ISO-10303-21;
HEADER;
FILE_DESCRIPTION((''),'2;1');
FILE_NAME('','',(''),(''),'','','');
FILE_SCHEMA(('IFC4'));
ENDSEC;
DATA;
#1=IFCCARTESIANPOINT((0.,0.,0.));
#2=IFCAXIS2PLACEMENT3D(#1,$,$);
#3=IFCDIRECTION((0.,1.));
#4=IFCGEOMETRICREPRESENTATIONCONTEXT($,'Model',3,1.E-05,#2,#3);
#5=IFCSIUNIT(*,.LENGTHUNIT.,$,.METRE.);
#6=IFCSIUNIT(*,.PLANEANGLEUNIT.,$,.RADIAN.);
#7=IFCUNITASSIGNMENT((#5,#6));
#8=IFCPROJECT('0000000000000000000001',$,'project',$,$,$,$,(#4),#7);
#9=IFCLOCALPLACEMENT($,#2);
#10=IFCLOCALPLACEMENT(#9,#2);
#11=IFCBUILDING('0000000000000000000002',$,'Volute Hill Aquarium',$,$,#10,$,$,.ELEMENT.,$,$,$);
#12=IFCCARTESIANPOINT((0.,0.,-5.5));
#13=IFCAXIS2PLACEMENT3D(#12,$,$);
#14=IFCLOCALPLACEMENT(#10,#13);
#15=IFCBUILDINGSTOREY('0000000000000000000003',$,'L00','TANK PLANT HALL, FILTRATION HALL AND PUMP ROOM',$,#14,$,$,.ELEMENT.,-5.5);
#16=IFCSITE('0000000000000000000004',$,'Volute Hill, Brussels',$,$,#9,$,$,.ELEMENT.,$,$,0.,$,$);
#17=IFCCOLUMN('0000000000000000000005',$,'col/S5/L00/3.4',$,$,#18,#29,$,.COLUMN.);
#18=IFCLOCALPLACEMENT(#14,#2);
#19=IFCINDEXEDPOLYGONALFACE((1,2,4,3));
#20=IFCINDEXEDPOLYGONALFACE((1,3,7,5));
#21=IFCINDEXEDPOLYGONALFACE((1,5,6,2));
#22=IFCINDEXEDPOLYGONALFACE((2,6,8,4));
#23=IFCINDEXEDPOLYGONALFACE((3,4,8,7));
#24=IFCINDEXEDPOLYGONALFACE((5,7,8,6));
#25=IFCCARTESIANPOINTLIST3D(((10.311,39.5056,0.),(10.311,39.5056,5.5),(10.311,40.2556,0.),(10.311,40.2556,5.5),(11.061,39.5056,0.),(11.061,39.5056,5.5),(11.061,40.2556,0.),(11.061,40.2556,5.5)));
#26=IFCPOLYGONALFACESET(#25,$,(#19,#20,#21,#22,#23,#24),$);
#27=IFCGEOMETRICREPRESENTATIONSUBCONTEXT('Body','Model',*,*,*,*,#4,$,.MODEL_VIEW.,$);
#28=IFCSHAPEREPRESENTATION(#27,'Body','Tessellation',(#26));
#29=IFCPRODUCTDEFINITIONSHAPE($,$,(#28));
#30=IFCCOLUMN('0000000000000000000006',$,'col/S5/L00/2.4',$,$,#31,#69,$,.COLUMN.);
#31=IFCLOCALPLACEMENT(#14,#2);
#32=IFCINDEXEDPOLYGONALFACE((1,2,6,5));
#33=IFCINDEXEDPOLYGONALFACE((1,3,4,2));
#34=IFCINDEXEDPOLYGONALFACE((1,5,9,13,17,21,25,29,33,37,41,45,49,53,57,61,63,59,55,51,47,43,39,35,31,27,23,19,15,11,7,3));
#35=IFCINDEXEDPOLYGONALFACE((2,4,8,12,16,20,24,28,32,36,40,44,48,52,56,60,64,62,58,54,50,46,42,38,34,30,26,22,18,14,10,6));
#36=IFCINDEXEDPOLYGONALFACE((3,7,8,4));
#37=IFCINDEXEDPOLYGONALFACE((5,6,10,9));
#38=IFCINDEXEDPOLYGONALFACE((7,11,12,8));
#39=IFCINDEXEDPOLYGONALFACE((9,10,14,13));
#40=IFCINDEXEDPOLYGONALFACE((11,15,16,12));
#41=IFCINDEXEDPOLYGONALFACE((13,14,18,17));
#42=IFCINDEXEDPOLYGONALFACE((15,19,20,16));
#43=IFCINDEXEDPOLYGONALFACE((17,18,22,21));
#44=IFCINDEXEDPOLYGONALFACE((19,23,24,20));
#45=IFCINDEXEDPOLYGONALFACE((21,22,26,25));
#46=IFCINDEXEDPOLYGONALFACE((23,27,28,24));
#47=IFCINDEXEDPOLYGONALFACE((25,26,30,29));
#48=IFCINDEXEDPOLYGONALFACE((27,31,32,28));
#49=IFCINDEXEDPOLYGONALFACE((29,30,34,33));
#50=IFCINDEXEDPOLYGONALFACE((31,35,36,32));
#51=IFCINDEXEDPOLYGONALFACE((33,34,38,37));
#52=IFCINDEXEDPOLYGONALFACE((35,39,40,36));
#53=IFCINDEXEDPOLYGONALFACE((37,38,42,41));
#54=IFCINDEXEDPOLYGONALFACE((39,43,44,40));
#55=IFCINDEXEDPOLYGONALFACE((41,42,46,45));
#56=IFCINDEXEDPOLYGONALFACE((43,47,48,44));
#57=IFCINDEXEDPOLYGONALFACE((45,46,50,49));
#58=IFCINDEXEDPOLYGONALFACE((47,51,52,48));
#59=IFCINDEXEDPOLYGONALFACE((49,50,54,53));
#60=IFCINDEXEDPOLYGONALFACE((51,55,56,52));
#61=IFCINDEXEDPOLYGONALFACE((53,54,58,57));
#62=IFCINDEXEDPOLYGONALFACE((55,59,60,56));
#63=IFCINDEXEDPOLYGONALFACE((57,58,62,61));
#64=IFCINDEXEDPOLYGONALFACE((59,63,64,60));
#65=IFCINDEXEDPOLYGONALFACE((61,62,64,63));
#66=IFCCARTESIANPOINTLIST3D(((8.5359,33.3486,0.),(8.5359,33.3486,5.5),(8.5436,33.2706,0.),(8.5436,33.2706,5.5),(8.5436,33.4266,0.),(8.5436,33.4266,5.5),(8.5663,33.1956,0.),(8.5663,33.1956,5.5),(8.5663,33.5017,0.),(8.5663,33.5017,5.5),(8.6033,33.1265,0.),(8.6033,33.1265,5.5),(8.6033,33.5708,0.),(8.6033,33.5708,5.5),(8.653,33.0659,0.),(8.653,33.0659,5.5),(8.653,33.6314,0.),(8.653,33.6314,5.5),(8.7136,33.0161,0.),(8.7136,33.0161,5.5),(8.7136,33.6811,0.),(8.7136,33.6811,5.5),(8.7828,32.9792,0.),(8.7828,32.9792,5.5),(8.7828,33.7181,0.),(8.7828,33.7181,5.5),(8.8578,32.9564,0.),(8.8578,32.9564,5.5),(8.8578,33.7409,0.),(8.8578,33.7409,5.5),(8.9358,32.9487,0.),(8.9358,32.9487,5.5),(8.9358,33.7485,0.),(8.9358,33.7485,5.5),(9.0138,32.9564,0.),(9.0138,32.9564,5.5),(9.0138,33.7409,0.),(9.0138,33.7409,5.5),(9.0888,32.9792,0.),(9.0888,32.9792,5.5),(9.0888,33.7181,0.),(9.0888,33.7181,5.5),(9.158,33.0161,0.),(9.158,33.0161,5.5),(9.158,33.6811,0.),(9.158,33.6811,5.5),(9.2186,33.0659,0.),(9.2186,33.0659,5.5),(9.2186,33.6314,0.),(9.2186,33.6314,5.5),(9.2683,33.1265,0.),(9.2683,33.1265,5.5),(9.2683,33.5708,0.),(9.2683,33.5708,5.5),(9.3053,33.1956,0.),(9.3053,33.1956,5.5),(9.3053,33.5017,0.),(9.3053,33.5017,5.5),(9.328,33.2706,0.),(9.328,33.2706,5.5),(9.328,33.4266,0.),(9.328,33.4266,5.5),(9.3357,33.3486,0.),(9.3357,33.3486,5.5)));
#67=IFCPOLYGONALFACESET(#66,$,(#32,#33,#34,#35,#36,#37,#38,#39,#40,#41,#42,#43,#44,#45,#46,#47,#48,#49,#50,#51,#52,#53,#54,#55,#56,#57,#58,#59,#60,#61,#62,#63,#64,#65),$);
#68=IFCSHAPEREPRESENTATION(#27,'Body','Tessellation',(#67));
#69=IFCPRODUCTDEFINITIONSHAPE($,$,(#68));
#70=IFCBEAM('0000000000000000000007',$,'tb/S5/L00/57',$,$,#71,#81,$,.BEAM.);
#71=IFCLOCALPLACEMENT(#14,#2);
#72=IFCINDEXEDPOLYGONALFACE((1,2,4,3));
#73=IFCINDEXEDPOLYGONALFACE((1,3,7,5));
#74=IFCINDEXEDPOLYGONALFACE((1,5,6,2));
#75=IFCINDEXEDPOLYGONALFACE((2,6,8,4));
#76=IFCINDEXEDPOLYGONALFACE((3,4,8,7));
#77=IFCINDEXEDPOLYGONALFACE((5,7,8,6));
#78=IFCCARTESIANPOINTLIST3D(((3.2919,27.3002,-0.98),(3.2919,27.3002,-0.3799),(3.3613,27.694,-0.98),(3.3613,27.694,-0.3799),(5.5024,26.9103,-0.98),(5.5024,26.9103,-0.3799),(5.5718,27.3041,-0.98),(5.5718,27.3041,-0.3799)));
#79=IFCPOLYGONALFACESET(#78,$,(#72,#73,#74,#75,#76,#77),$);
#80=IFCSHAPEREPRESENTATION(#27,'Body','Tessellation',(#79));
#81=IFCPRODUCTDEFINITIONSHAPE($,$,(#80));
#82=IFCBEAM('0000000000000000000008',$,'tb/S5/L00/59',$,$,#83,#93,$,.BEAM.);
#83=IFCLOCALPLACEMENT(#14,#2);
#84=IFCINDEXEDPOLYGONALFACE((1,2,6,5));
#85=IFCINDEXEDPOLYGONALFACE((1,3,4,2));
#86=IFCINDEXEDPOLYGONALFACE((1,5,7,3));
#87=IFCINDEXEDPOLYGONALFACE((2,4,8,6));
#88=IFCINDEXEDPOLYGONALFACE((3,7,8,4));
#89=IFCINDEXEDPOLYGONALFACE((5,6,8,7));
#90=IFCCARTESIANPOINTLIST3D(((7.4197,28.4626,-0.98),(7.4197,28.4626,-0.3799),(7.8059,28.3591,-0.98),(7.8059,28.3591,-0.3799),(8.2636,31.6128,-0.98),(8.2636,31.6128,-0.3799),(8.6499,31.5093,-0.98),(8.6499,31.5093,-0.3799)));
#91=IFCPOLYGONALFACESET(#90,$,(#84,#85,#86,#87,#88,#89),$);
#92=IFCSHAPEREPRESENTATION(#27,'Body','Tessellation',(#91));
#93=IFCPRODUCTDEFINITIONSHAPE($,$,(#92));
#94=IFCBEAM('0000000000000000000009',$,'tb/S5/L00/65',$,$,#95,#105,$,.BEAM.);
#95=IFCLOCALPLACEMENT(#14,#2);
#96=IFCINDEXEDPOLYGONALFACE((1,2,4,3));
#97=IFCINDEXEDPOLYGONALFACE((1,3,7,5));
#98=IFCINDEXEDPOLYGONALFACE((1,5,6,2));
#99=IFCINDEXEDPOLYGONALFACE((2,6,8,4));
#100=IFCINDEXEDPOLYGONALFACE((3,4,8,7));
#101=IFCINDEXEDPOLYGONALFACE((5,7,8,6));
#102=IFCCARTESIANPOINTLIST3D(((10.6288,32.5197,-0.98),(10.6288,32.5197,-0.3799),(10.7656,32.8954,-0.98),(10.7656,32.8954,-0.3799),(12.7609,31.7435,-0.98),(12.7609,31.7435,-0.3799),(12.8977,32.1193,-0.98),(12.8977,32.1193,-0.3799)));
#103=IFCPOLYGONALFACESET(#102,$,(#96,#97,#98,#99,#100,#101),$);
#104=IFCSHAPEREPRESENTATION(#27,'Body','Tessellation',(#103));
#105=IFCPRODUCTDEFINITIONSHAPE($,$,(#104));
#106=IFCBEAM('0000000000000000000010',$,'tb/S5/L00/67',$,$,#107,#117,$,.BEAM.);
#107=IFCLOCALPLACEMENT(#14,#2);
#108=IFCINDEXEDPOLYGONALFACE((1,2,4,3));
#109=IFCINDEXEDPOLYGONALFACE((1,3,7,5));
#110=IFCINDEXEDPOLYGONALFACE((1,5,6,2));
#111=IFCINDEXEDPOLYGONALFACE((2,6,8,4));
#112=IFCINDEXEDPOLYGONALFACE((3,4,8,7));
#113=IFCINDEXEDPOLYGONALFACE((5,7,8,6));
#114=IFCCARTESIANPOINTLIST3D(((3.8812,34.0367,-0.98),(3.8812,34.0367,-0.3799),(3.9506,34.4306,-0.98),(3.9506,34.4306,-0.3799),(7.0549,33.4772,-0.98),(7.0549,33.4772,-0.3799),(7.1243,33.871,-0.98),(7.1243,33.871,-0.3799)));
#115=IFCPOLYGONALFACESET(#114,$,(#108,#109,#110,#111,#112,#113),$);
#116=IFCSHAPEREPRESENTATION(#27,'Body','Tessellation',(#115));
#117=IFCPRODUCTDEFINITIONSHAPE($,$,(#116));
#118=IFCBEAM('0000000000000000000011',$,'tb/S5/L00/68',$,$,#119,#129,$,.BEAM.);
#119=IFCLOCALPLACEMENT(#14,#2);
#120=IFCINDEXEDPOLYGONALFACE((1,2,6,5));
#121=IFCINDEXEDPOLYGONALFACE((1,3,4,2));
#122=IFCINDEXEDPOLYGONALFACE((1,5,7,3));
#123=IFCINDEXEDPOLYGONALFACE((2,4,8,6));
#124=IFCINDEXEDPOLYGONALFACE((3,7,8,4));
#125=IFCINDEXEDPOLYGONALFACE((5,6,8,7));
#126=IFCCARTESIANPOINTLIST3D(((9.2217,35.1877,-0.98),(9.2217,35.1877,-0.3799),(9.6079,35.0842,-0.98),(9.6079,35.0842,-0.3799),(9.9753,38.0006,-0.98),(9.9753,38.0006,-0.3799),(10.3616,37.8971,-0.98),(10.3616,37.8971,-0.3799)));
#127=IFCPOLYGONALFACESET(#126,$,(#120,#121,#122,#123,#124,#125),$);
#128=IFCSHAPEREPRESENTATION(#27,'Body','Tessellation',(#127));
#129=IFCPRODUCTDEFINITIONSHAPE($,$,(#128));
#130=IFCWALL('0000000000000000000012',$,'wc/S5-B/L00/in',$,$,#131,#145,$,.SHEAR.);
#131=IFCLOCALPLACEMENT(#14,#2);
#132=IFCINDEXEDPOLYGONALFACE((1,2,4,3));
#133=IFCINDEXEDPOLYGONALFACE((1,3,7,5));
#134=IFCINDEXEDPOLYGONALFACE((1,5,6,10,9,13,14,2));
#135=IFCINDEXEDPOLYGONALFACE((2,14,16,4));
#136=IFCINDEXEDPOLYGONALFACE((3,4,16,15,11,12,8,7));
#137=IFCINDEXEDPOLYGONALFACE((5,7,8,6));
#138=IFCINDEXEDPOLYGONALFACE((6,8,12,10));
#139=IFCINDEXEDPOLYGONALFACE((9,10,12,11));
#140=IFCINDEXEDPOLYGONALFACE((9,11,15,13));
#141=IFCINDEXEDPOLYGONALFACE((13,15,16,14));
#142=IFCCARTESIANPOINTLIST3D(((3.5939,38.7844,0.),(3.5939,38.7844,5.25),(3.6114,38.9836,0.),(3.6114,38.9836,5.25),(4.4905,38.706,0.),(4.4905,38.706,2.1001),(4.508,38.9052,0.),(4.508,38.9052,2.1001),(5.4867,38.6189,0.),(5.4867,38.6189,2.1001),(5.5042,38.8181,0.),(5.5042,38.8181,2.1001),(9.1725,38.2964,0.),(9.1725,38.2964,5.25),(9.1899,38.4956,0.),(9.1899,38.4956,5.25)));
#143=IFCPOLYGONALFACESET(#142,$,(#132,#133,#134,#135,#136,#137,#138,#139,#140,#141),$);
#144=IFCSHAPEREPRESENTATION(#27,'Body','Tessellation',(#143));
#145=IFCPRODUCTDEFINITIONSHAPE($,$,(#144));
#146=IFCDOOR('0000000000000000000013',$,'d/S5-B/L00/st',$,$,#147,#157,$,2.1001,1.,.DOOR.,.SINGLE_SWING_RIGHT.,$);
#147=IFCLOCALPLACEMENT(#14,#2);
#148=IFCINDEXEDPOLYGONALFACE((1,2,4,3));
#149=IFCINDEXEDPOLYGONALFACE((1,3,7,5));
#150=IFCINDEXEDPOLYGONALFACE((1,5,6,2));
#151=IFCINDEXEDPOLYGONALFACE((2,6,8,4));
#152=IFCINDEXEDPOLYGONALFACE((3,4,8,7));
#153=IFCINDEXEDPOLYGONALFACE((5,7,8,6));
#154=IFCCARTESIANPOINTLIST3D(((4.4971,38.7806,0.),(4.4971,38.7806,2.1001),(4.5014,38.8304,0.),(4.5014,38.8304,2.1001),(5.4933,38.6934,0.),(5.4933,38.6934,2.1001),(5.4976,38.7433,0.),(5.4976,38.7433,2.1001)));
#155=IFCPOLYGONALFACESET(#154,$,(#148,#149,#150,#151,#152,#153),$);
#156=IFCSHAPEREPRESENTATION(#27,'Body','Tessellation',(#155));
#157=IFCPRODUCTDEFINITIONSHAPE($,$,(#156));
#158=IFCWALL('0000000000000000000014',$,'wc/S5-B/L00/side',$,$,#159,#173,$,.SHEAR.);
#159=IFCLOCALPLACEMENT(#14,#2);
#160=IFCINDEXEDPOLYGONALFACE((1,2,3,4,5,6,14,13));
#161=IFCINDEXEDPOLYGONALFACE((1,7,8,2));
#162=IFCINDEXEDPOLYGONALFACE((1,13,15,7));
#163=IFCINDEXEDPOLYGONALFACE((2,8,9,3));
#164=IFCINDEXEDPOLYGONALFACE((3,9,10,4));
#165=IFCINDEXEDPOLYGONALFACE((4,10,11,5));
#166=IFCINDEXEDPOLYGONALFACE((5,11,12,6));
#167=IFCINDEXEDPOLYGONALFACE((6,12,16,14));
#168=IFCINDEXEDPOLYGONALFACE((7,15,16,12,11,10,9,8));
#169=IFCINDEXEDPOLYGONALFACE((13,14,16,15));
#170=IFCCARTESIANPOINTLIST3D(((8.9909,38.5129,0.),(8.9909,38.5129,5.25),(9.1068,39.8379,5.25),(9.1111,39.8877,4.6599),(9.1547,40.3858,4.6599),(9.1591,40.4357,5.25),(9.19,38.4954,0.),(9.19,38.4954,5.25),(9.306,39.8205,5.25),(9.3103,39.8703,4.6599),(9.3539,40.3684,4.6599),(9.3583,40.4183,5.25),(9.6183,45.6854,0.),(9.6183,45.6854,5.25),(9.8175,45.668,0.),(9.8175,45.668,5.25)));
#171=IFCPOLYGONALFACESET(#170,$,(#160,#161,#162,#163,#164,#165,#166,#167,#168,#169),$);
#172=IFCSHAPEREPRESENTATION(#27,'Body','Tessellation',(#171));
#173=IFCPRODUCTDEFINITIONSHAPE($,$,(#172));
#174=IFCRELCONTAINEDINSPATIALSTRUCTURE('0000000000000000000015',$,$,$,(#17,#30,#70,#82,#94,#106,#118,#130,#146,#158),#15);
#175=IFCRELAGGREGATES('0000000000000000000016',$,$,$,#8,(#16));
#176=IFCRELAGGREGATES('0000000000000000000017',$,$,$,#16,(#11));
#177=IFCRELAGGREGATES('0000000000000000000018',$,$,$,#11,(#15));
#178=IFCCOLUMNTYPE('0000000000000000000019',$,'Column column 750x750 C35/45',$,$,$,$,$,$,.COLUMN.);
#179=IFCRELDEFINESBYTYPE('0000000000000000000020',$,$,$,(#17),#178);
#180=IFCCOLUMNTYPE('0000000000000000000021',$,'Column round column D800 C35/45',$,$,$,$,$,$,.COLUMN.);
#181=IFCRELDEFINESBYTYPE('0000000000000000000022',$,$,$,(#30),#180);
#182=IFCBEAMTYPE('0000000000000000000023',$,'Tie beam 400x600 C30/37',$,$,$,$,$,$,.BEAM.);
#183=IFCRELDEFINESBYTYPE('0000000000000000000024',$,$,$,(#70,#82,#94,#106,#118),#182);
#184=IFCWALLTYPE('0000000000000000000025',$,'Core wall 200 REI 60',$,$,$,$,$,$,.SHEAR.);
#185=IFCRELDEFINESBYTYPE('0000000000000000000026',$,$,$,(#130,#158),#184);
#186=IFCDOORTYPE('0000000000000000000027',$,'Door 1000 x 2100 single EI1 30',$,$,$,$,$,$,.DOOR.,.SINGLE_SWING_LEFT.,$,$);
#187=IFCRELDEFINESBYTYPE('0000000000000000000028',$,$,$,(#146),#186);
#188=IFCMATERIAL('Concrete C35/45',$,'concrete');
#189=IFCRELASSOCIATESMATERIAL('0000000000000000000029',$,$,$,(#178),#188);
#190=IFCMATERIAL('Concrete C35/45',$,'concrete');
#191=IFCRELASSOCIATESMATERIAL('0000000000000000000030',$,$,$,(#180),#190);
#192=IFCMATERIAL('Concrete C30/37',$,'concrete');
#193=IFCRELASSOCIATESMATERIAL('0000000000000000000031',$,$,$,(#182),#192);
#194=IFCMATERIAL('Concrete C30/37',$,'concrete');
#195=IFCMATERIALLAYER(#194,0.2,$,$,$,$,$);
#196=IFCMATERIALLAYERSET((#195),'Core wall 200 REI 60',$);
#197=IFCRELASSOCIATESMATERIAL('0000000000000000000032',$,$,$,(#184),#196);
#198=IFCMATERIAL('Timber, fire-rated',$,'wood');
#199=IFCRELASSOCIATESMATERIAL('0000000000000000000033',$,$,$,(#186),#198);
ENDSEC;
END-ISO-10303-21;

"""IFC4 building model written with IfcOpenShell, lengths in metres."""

from ifc_helpers import new_model, si_unit, direction, frame, frame_2d, origin, origin_2d, place, context, subcontext, project, spatial, polyline, rectangle, circle, outline, extrude, material, layer, layer_set, material_profile, profile_set, type_object, element, fill, save


model = new_model("IFC4")

# Units and contexts
model_context = context("Model", 3, precision=1e-05, world=origin(), true_north=direction((0.0, 1.0)))
body_context = subcontext(model_context, "Body", "Model", "MODEL_VIEW")
ifc_project = project(units=[si_unit("LENGTHUNIT", "METRE"), si_unit("PLANEANGLEUNIT", "RADIAN")], contexts=[model_context])

# Site, building, storey
site_placement = place(None, origin())
site = spatial("IfcSite", under=ifc_project, at=site_placement, Name="Volute Hill, Brussels", CompositionType="ELEMENT", RefElevation=0.0)
building_placement = place(site_placement, origin())
building = spatial("IfcBuilding", under=site, at=building_placement, Name="Volute Hill Aquarium", CompositionType="ELEMENT")
storey_placement = place(building_placement, frame((0.0, 0.0, -5.5)))
storey = spatial("IfcBuildingStorey", under=building, at=storey_placement, Name="L00", Description="TANK PLANT HALL, FILTRATION HALL AND PUMP ROOM", CompositionType="ELEMENT", Elevation=-5.5)

# Columns
ifc_material_1 = material(Name="Concrete C35/45", Category="concrete")
ifc_material_profile_1 = material_profile(ifc_material_1, rectangle(XDim=0.75, YDim=0.75, at=origin_2d()), Name="RC column 750x750")
ifc_profile_set_1 = profile_set([ifc_material_profile_1], Name="Concrete C35/45")
column_type_1 = type_object("IfcColumnType", Name="Column column 750x750 C35/45", PredefinedType="COLUMN", material=ifc_profile_set_1)
column_1_placement = place(storey_placement, frame((10.686, 39.8806, 0.0), z_axis=(0.0, 0.0, 1.0), x_axis=(1.0, 0.0, 0.0)))
element("IfcColumn", 1, at=column_1_placement, inside=storey, type_object=column_type_1, Name="col/S5/L00/3.4", PredefinedType="COLUMN", context=body_context, shape_type="SweptSolid", body=[
    extrude(rectangle(XDim=0.75, YDim=0.75, at=origin_2d()), origin(), (0.0, 0.0, 1.0), 5.5),
])
ifc_material_2 = material(Name="Concrete C35/45", Category="concrete")
ifc_material_profile_2 = material_profile(ifc_material_2, circle(Radius=0.3999, at=origin_2d()), Name="RC round column D800")
ifc_profile_set_2 = profile_set([ifc_material_profile_2], Name="Concrete C35/45")
column_type_2 = type_object("IfcColumnType", Name="Column round column D800 C35/45", PredefinedType="COLUMN", material=ifc_profile_set_2)
column_2_placement = place(storey_placement, frame((8.9358, 33.3486, 0.0), z_axis=(0.0, 0.0, 1.0), x_axis=(1.0, 0.0, 0.0)))
element("IfcColumn", 2, at=column_2_placement, inside=storey, type_object=column_type_2, Name="col/S5/L00/2.4", PredefinedType="COLUMN", context=body_context, shape_type="SweptSolid", body=[
    extrude(circle(Radius=0.3999, at=origin_2d()), origin(), (0.0, 0.0, 1.0), 5.5),
])

# Beams
ifc_material_3 = material(Name="Concrete C30/37", Category="concrete")
ifc_material_profile_3 = material_profile(ifc_material_3, rectangle(XDim=0.3999, YDim=0.6001, at=origin_2d()), Name="RC tie beam 400x600")
ifc_profile_set_3 = profile_set([ifc_material_profile_3], Name="Concrete C30/37")
beam_type = type_object("IfcBeamType", Name="Tie beam 400x600 C30/37", PredefinedType="BEAM", material=ifc_profile_set_3)
beam_1_placement = place(storey_placement, frame((5.5371, 27.1072, -0.6799), z_axis=(-0.984798, 0.173705, 0.0), x_axis=(-0.173705, -0.984798, 0.0)))
element("IfcBeam", 3, at=beam_1_placement, inside=storey, type_object=beam_type, Name="tb/S5/L00/57", PredefinedType="BEAM", context=body_context, shape_type="SweptSolid", body=[
    extrude(rectangle(XDim=0.3999, YDim=0.6001, at=origin_2d()), origin(), (0.0, 0.0, 1.0), 2.2446),
])
beam_2_placement = place(storey_placement, frame((7.6128, 28.4109, -0.6799), z_axis=(0.258795, 0.965932, 0.0), x_axis=(-0.965932, 0.258795, 0.0)))
element("IfcBeam", 4, at=beam_2_placement, inside=storey, type_object=beam_type, Name="tb/S5/L00/59", PredefinedType="BEAM", context=body_context, shape_type="SweptSolid", body=[
    extrude(rectangle(XDim=0.3999, YDim=0.6001, at=origin_2d()), origin(), (0.0, 0.0, 1.0), 3.2612),
])
beam_3_placement = place(storey_placement, frame((12.8293, 31.9314, -0.6799), z_axis=(-0.939677, 0.342063, 0.0), x_axis=(-0.342063, -0.939677, 0.0)))
element("IfcBeam", 5, at=beam_3_placement, inside=storey, type_object=beam_type, Name="tb/S5/L00/65", PredefinedType="BEAM", context=body_context, shape_type="SweptSolid", body=[
    extrude(rectangle(XDim=0.3999, YDim=0.6001, at=origin_2d()), origin(), (0.0, 0.0, 1.0), 2.269),
])
beam_4_placement = place(storey_placement, frame((7.0896, 33.6741, -0.6799), z_axis=(-0.984809, 0.173643, 0.0), x_axis=(-0.173643, -0.984809, 0.0)))
element("IfcBeam", 6, at=beam_4_placement, inside=storey, type_object=beam_type, Name="tb/S5/L00/67", PredefinedType="BEAM", context=body_context, shape_type="SweptSolid", body=[
    extrude(rectangle(XDim=0.3999, YDim=0.6001, at=origin_2d()), origin(), (0.0, 0.0, 1.0), 3.2227),
])
beam_5_placement = place(storey_placement, frame((9.4148, 35.136, -0.6799), z_axis=(0.258795, 0.965932, 0.0), x_axis=(-0.965932, 0.258795, 0.0)))
element("IfcBeam", 7, at=beam_5_placement, inside=storey, type_object=beam_type, Name="tb/S5/L00/68", PredefinedType="BEAM", context=body_context, shape_type="SweptSolid", body=[
    extrude(rectangle(XDim=0.3999, YDim=0.6001, at=origin_2d()), origin(), (0.0, 0.0, 1.0), 2.9121),
])

# Wall, opening, door
ifc_material_4 = material(Name="Concrete C30/37", Category="concrete")
ifc_layer_1 = layer(ifc_material_4, 0.2)
ifc_layer_set_1 = layer_set([ifc_layer_1], Name="Core wall 200 REI 60")
wall_type_1 = type_object("IfcWallType", Name="Core wall 200 REI 60", PredefinedType="SHEAR", material=ifc_layer_set_1)
wall_1_placement = place(storey_placement, frame((3.6028, 38.884, 0.0), z_axis=(0.0, 0.0, 1.0), x_axis=(0.996195, -0.087151, 0.0)))
wall_1 = element("IfcWall", 8, at=wall_1_placement, inside=storey, type_object=wall_type_1, Name="wc/S5-B/L00/in", PredefinedType="SHEAR", context=body_context, shape_type="SweptSolid", body=[
    extrude(rectangle(XDim=5.5999, YDim=0.2, at=frame_2d((2.7998, 0.0))), origin(), (0.0, 0.0, 1.0), 5.25),
])
opening_1_placement = place(wall_1_placement, frame((0.8999, 0.0, 0.0)))
opening_1 = element("IfcOpeningElement", 9, at=opening_1_placement, cuts=wall_1, PredefinedType="OPENING", context=body_context, shape_type="SweptSolid", body=[
    extrude(rectangle(XDim=1.0, YDim=2.1001, at=frame_2d((0.5, 1.05))), frame((0.0, 0.1099, 0.0), z_axis=(0.0, -1.0, 0.0), x_axis=(1.0, 0.0, 0.0)), (0.0, 0.0, 1.0), 0.22),
])
ifc_material_5 = material(Name="Timber, fire-rated", Category="wood")
door_type_1 = type_object("IfcDoorType", Name="Door 1000 x 2100 single EI1 30", OperationType="SINGLE_SWING_LEFT", PredefinedType="DOOR", material=ifc_material_5)
door_1_placement = place(opening_1_placement, origin())
door_1 = element("IfcDoor", 10, at=door_1_placement, inside=storey, type_object=door_type_1, Name="d/S5-B/L00/st", OperationType="SINGLE_SWING_RIGHT", OverallHeight=2.1001, OverallWidth=1.0, PredefinedType="DOOR", context=body_context, shape_type="SweptSolid", body=[
    extrude(rectangle(XDim=1.0, YDim=2.1001, at=frame_2d((0.5, 1.05))), frame((0.0, 0.0249, 0.0), z_axis=(0.0, -1.0, 0.0), x_axis=(1.0, 0.0, 0.0)), (0.0, 0.0, 1.0), 0.05),
])
fill(opening_1, door_1)

# Wall
wall_2_placement = place(storey_placement, frame((9.0906, 38.5042, 0.0), z_axis=(0.0, 0.0, 1.0), x_axis=(0.087145, 0.996196, 0.0)))
element("IfcWall", 11, at=wall_2_placement, inside=storey, type_object=wall_type_1, Name="wc/S5-B/L00/side", PredefinedType="SHEAR", context=body_context, shape_type="SweptSolid", body=[
    extrude(outline(polyline([(0.0, 0.0), (7.2, 0.0), (7.2, 5.25), (1.9302, 5.25), (1.8801, 4.6599), (1.3801, 4.6599), (1.3301, 5.25), (0.0, 5.25), (0.0, 0.0)])), frame((0.0, 0.1001, 0.0), z_axis=(0.0, -1.0, 0.0), x_axis=(1.0, 0.0, 0.0)), (0.0, 0.0, 1.0), 0.2),
])

save(model, "model.ifc")
